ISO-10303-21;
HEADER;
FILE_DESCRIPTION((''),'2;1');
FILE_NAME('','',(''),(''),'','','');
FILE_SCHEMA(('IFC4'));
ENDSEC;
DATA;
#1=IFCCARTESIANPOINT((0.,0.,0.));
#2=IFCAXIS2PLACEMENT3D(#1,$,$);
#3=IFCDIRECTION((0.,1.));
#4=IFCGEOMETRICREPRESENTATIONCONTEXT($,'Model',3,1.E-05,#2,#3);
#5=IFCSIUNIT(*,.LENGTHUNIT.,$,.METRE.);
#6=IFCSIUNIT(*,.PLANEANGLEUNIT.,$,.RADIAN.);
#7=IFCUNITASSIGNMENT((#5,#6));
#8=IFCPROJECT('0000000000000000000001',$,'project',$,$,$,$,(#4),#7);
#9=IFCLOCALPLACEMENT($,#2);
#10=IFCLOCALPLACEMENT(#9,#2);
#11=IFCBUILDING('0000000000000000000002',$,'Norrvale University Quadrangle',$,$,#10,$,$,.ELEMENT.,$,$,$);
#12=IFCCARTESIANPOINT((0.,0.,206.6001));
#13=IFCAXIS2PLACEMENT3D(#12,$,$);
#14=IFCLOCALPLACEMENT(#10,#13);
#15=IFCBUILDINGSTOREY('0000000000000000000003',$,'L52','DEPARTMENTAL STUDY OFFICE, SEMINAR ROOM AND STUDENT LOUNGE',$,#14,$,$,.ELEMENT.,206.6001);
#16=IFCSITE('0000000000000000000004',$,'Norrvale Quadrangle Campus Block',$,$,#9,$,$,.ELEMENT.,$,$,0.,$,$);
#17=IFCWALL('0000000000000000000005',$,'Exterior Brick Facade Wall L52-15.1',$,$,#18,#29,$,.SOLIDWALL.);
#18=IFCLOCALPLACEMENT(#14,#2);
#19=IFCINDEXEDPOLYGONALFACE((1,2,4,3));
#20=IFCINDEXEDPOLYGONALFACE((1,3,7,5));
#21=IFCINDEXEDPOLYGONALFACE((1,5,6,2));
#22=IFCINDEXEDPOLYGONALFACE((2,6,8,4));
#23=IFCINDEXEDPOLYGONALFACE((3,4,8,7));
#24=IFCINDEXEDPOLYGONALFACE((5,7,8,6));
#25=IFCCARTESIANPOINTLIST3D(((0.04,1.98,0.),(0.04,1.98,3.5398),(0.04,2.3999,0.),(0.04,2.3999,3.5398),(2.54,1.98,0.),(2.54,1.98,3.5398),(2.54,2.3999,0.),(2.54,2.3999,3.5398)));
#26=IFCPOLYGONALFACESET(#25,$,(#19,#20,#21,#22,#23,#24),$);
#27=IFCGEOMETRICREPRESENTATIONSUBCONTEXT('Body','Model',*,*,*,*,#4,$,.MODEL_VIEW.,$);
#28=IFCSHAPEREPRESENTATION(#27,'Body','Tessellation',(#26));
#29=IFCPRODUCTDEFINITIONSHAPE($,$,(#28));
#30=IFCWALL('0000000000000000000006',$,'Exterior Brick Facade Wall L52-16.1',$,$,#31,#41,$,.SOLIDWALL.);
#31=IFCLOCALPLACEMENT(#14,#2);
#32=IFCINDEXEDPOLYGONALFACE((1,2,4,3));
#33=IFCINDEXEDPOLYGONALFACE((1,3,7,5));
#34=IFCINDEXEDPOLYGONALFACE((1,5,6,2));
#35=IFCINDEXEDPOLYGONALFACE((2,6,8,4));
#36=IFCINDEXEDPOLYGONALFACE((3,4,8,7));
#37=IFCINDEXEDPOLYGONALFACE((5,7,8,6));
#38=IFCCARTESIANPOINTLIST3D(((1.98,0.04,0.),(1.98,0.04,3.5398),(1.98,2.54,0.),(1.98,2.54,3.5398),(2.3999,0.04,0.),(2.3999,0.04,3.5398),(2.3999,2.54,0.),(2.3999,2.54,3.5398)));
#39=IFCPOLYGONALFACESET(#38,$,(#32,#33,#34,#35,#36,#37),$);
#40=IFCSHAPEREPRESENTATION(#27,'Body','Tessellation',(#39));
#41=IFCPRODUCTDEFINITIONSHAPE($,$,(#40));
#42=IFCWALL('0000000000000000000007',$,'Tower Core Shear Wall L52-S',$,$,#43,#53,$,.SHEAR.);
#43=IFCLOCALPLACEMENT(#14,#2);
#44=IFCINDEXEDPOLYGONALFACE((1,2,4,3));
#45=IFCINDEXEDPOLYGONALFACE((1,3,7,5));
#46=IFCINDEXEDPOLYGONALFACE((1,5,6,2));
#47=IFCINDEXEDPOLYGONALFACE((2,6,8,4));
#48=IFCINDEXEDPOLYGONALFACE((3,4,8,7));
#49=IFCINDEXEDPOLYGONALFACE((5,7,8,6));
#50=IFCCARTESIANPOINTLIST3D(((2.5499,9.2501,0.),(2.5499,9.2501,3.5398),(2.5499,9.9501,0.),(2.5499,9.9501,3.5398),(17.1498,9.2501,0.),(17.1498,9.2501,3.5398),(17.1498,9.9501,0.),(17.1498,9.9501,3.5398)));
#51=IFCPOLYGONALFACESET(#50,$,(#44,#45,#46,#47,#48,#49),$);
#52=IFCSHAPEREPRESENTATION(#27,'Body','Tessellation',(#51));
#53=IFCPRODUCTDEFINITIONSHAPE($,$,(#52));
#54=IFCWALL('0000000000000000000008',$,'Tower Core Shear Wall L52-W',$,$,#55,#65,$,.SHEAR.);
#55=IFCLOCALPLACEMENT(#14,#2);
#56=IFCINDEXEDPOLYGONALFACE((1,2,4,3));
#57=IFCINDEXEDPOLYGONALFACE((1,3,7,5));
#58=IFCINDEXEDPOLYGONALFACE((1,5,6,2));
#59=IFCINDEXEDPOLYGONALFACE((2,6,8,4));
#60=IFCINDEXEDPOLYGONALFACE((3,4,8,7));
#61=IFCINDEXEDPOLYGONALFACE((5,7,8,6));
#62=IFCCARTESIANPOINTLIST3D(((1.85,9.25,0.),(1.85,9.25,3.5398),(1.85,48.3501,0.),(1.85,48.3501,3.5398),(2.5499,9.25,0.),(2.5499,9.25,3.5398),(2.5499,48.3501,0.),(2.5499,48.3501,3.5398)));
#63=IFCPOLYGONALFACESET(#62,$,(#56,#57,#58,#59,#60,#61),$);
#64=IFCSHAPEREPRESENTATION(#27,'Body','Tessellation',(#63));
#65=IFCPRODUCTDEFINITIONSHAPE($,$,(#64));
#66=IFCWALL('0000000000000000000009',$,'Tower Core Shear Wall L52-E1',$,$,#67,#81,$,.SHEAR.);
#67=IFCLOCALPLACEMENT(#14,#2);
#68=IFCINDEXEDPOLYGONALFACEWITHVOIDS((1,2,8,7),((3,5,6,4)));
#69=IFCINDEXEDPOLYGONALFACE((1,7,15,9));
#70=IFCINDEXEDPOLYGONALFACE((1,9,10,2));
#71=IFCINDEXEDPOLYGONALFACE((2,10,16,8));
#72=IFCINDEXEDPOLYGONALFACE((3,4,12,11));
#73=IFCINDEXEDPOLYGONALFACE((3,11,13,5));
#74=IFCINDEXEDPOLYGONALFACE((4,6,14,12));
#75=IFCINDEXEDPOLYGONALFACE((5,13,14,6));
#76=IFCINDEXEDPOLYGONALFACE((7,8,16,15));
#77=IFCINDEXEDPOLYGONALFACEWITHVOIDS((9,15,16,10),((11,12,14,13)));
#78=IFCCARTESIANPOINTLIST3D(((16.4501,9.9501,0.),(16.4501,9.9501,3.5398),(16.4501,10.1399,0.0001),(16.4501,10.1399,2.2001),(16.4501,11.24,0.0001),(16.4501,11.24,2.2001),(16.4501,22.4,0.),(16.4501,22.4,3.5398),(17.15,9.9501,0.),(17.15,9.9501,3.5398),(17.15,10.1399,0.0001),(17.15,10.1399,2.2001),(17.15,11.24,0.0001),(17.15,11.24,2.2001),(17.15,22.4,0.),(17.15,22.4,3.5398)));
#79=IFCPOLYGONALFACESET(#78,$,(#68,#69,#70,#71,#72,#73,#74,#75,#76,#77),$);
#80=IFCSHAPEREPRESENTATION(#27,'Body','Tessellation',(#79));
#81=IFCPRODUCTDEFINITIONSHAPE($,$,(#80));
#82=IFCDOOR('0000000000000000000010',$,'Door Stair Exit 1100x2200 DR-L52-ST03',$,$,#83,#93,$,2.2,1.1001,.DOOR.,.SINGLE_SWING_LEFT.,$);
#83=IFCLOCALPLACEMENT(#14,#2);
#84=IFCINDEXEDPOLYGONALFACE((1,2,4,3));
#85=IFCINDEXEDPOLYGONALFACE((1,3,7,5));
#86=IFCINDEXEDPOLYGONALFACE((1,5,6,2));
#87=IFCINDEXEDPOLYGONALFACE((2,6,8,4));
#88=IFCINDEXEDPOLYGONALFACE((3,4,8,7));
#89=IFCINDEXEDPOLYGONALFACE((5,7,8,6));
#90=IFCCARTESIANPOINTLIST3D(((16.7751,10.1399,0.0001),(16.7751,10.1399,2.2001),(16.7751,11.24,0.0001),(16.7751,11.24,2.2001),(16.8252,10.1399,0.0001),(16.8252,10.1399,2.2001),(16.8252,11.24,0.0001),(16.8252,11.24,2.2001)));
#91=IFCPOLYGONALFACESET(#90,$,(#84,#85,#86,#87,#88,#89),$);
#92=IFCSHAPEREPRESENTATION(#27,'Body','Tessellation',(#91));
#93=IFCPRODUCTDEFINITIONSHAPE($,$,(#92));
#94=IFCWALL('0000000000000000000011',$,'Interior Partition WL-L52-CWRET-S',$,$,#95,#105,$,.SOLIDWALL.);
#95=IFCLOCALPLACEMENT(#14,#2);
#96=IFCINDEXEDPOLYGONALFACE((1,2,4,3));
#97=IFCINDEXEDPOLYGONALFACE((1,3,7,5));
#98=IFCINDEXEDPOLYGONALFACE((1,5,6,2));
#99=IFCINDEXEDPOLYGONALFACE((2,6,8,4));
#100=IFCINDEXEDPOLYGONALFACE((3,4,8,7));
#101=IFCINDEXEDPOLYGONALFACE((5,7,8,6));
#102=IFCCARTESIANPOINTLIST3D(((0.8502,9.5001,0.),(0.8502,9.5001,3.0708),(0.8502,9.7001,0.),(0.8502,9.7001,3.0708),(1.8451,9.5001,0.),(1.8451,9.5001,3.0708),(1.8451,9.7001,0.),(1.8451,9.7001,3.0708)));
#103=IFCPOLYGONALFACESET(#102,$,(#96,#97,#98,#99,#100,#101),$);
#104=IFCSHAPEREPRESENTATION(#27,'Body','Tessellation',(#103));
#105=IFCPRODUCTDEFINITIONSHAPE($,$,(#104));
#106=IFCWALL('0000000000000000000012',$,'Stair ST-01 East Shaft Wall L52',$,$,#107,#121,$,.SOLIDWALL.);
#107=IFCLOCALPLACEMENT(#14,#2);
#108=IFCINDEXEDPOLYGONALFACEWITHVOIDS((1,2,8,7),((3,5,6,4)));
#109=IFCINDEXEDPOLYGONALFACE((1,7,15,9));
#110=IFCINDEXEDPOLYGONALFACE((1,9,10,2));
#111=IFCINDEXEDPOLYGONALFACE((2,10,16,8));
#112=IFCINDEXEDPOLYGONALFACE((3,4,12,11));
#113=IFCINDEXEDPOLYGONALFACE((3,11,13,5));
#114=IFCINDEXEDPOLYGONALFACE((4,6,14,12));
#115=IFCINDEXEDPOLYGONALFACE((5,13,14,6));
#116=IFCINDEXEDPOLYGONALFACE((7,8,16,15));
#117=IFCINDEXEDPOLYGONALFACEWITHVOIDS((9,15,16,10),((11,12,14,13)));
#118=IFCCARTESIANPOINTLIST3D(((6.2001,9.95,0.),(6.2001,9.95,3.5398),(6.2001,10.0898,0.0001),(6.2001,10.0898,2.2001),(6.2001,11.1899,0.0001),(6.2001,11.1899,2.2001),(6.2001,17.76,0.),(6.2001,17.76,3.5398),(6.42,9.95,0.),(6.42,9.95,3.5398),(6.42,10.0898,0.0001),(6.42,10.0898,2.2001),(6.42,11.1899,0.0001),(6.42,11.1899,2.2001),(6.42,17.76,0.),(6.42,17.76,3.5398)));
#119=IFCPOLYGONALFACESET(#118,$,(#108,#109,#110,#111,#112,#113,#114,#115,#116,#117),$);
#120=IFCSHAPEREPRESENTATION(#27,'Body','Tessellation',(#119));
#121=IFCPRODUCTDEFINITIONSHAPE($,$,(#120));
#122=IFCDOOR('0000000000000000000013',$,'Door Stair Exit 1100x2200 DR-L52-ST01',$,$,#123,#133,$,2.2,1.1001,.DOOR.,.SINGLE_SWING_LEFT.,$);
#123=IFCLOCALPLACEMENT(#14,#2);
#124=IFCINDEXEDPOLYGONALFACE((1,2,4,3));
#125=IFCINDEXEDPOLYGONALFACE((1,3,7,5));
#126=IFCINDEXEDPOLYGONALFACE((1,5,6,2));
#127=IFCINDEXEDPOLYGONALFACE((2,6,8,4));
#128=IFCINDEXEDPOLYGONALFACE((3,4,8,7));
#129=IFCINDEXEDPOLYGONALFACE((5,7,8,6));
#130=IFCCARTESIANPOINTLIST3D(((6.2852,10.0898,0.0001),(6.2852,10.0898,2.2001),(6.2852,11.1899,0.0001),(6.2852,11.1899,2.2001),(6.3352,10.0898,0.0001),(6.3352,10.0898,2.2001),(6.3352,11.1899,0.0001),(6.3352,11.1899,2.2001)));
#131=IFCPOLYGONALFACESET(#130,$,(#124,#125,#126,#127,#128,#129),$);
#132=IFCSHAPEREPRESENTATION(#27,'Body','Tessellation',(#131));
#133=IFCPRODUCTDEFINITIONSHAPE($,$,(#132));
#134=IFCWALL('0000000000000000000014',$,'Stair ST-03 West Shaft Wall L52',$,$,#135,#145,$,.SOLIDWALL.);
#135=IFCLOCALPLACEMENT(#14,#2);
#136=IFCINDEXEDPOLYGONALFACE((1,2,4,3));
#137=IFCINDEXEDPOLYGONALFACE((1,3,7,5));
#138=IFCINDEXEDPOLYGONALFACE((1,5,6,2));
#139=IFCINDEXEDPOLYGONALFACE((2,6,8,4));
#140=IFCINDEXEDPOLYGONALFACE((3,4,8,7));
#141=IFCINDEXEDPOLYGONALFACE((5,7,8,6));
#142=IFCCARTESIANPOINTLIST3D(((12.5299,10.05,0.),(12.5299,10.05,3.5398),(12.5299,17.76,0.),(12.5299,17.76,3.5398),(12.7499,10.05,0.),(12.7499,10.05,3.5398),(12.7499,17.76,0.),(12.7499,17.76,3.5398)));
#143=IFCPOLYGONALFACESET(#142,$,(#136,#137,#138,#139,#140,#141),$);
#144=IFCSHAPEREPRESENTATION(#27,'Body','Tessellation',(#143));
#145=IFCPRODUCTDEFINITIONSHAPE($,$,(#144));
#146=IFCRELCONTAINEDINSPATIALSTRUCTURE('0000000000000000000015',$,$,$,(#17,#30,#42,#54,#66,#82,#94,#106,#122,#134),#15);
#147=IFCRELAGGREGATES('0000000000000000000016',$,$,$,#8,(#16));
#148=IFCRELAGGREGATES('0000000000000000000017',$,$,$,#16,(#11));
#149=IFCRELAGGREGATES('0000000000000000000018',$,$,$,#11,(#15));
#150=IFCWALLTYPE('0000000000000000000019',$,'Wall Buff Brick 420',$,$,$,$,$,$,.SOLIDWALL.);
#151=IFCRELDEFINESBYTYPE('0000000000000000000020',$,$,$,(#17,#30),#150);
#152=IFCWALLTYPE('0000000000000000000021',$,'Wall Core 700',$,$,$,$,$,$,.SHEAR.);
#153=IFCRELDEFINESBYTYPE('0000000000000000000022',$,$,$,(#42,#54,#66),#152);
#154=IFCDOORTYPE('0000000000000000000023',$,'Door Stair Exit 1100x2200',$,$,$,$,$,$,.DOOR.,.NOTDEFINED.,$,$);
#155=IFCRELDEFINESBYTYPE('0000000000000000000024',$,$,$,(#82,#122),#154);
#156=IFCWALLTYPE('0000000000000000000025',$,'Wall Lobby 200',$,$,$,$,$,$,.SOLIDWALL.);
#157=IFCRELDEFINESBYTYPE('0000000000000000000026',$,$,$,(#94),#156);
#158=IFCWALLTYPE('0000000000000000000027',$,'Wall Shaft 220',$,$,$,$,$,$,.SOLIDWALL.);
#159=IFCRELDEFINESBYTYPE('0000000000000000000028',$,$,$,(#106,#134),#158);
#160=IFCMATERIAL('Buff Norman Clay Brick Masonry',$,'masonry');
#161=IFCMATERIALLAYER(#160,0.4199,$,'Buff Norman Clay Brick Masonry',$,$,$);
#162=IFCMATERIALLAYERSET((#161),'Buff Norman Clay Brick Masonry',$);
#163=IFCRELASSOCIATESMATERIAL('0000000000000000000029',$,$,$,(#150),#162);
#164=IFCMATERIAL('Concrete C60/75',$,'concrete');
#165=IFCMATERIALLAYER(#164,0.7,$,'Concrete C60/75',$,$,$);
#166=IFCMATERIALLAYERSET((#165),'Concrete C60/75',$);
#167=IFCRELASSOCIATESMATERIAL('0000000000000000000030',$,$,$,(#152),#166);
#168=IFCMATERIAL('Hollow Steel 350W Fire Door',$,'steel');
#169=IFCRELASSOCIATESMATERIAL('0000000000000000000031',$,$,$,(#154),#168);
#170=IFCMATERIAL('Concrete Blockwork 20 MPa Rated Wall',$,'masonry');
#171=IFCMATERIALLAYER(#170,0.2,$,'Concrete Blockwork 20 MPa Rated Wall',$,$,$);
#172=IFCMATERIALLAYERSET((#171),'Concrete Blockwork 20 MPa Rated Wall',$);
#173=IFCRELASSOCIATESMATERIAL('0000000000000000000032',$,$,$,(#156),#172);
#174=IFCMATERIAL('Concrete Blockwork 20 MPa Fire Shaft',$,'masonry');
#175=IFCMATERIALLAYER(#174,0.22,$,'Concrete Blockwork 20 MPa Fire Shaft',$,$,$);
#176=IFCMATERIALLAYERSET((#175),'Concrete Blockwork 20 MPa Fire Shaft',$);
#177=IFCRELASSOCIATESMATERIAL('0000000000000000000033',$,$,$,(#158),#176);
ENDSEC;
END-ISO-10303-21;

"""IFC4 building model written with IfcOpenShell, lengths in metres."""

from ifc_helpers import new_model, si_unit, direction, frame, frame_2d, origin, place, context, subcontext, project, spatial, rectangle, extrude, material, layer, layer_set, type_object, element, fill, save


model = new_model("IFC4")

# Units and contexts
model_context = context("Model", 3, precision=1e-05, world=origin(), true_north=direction((0.0, 1.0)))
body_context = subcontext(model_context, "Body", "Model", "MODEL_VIEW")
ifc_project = project(units=[si_unit("LENGTHUNIT", "METRE"), si_unit("PLANEANGLEUNIT", "RADIAN")], contexts=[model_context])

# Site, building, storey
site_placement = place(None, origin())
site = spatial("IfcSite", under=ifc_project, at=site_placement, Name="Norrvale Quadrangle Campus Block", CompositionType="ELEMENT", RefElevation=0.0)
building_placement = place(site_placement, origin())
building = spatial("IfcBuilding", under=site, at=building_placement, Name="Norrvale University Quadrangle", CompositionType="ELEMENT")
storey_placement = place(building_placement, frame((0.0, 0.0, 206.6001)))
storey = spatial("IfcBuildingStorey", under=building, at=storey_placement, Name="L52", Description="DEPARTMENTAL STUDY OFFICE, SEMINAR ROOM AND STUDENT LOUNGE", CompositionType="ELEMENT", Elevation=206.6001)

# Shared definitions
ifc_material_1 = material(Name="Concrete C60/75", Category="concrete")

# Shared definitions
ifc_material_2 = material(Name="Buff Norman Clay Brick Masonry", Category="masonry")
ifc_layer_1 = layer(ifc_material_2, 0.4199, Name="Buff Norman Clay Brick Masonry")
ifc_layer_set_1 = layer_set([ifc_layer_1], Name="Buff Norman Clay Brick Masonry")
wall_type_1 = type_object("IfcWallType", Name="Wall Buff Brick 420", PredefinedType="SOLIDWALL", material=ifc_layer_set_1)

# Walls
for number, where, z_axis, x_axis, name in (
    (1, (0.04, 2.1899, 0.0), (0.0, 0.0, 1.0), (1.0, 0.0, 0.0), "Exterior Brick Facade Wall L52-15.1"),
    (2, (2.1899, 2.54, 0.0), (0.0, 0.0, 1.0), (0.0, -1.0, 0.0), "Exterior Brick Facade Wall L52-16.1"),
):
    element("IfcWall", number, at=place(storey_placement, frame(where, z_axis=z_axis, x_axis=x_axis)), inside=storey, type_object=wall_type_1, Name=name, PredefinedType="SOLIDWALL", context=body_context, shape_type="SweptSolid", body=[
        extrude(rectangle(XDim=2.5, YDim=0.4199, at=frame_2d((1.25, 0.0))), origin(), (0.0, 0.0, 1.0), 3.5398),
    ])
ifc_layer_2 = layer(ifc_material_1, 0.7, Name="Concrete C60/75")
ifc_layer_set_2 = layer_set([ifc_layer_2], Name="Concrete C60/75")
wall_type_2 = type_object("IfcWallType", Name="Wall Core 700", PredefinedType="SHEAR", material=ifc_layer_set_2)
wall_1_placement = place(storey_placement, frame((2.55, 9.6001, 0.0), z_axis=(0.0, 0.0, 1.0), x_axis=(1.0, 0.0, 0.0)))
element("IfcWall", 3, at=wall_1_placement, inside=storey, type_object=wall_type_2, Name="Tower Core Shear Wall L52-S", PredefinedType="SHEAR", context=body_context, shape_type="SweptSolid", body=[
    extrude(rectangle(XDim=14.5999, YDim=0.7, at=frame_2d((7.2998, 0.0))), origin(), (0.0, 0.0, 1.0), 3.5398),
])
wall_2_placement = place(storey_placement, frame((2.2, 9.25, 0.0), z_axis=(0.0, 0.0, 1.0), x_axis=(0.0, 1.0, 0.0)))
element("IfcWall", 4, at=wall_2_placement, inside=storey, type_object=wall_type_2, Name="Tower Core Shear Wall L52-W", PredefinedType="SHEAR", context=body_context, shape_type="SweptSolid", body=[
    extrude(rectangle(XDim=39.1001, YDim=0.7, at=frame_2d((19.55, 0.0))), origin(), (0.0, 0.0, 1.0), 3.5398),
])

# Wall, opening, door
wall_3_placement = place(storey_placement, frame((16.8, 9.95, 0.0), z_axis=(0.0, 0.0, 1.0), x_axis=(0.0, 1.0, 0.0)))
wall_3 = element("IfcWall", 5, at=wall_3_placement, inside=storey, type_object=wall_type_2, Name="Tower Core Shear Wall L52-E1", PredefinedType="SHEAR", context=body_context, shape_type="SweptSolid", body=[
    extrude(rectangle(XDim=12.45, YDim=0.7, at=frame_2d((6.2251, 0.0))), origin(), (0.0, 0.0, 1.0), 3.5398),
])
opening_1_placement = place(wall_3_placement, frame((0.1899, 0.0, 0.0)))
opening_1 = element("IfcOpeningElement", 6, at=opening_1_placement, cuts=wall_3, PredefinedType="OPENING", context=body_context, shape_type="SweptSolid", body=[
    extrude(rectangle(XDim=1.1001, YDim=2.2, at=frame_2d((0.55, 1.1001))), frame((0.0, 0.3621, 0.0), z_axis=(0.0, -1.0, 0.0), x_axis=(1.0, 0.0, 0.0)), (0.0, 0.0, 1.0), 0.7239),
])
ifc_material_3 = material(Name="Hollow Steel 350W Fire Door", Category="steel")
door_type = type_object("IfcDoorType", Name="Door Stair Exit 1100x2200", OperationType="NOTDEFINED", PredefinedType="DOOR", material=ifc_material_3)
door_1_placement = place(opening_1_placement, origin())
door_1 = element("IfcDoor", 7, at=door_1_placement, inside=storey, type_object=door_type, Name="Door Stair Exit 1100x2200 DR-L52-ST03", OperationType="SINGLE_SWING_LEFT", OverallHeight=2.2, OverallWidth=1.1001, PredefinedType="DOOR", context=body_context, shape_type="SweptSolid", body=[
    extrude(rectangle(XDim=1.1001, YDim=2.2, at=frame_2d((0.55, 1.1001))), frame((0.0, 0.0249, 0.0), z_axis=(0.0, -1.0, 0.0), x_axis=(1.0, 0.0, 0.0)), (0.0, 0.0, 1.0), 0.05),
])
fill(opening_1, door_1)

# Wall
ifc_material_4 = material(Name="Concrete Blockwork 20 MPa Rated Wall", Category="masonry")
ifc_layer_3 = layer(ifc_material_4, 0.2, Name="Concrete Blockwork 20 MPa Rated Wall")
ifc_layer_set_3 = layer_set([ifc_layer_3], Name="Concrete Blockwork 20 MPa Rated Wall")
wall_type_3 = type_object("IfcWallType", Name="Wall Lobby 200", PredefinedType="SOLIDWALL", material=ifc_layer_set_3)
wall_4_placement = place(storey_placement, frame((0.8501, 9.6001, 0.0), z_axis=(0.0, 0.0, 1.0), x_axis=(1.0, 0.0, 0.0)))
element("IfcWall", 8, at=wall_4_placement, inside=storey, type_object=wall_type_3, Name="Interior Partition WL-L52-CWRET-S", PredefinedType="SOLIDWALL", context=body_context, shape_type="SweptSolid", body=[
    extrude(rectangle(XDim=0.9949, YDim=0.2, at=frame_2d((0.4976, 0.0))), origin(), (0.0, 0.0, 1.0), 3.0708),
])

# Wall, opening, door
ifc_material_5 = material(Name="Concrete Blockwork 20 MPa Fire Shaft", Category="masonry")
ifc_layer_4 = layer(ifc_material_5, 0.22, Name="Concrete Blockwork 20 MPa Fire Shaft")
ifc_layer_set_4 = layer_set([ifc_layer_4], Name="Concrete Blockwork 20 MPa Fire Shaft")
wall_type_4 = type_object("IfcWallType", Name="Wall Shaft 220", PredefinedType="SOLIDWALL", material=ifc_layer_set_4)
wall_5_placement = place(storey_placement, frame((6.3101, 9.95, 0.0), z_axis=(0.0, 0.0, 1.0), x_axis=(0.0, 1.0, 0.0)))
wall_5 = element("IfcWall", 9, at=wall_5_placement, inside=storey, type_object=wall_type_4, Name="Stair ST-01 East Shaft Wall L52", PredefinedType="SOLIDWALL", context=body_context, shape_type="SweptSolid", body=[
    extrude(rectangle(XDim=7.8101, YDim=0.22, at=frame_2d((3.905, 0.0))), origin(), (0.0, 0.0, 1.0), 3.5398),
])
opening_2_placement = place(wall_5_placement, frame((0.1399, 0.0, 0.0)))
opening_2 = element("IfcOpeningElement", 10, at=opening_2_placement, cuts=wall_5, PredefinedType="OPENING", context=body_context, shape_type="SweptSolid", body=[
    extrude(rectangle(XDim=1.1001, YDim=2.2, at=frame_2d((0.55, 1.1001))), frame((0.0, 0.1221, 0.0), z_axis=(0.0, -1.0, 0.0), x_axis=(1.0, 0.0, 0.0)), (0.0, 0.0, 1.0), 0.2439),
])
door_2_placement = place(opening_2_placement, origin())
door_2 = element("IfcDoor", 11, at=door_2_placement, inside=storey, type_object=door_type, Name="Door Stair Exit 1100x2200 DR-L52-ST01", OperationType="SINGLE_SWING_LEFT", OverallHeight=2.2, OverallWidth=1.1001, PredefinedType="DOOR", context=body_context, shape_type="SweptSolid", body=[
    extrude(rectangle(XDim=1.1001, YDim=2.2, at=frame_2d((0.55, 1.1001))), frame((0.0, 0.0249, 0.0), z_axis=(0.0, -1.0, 0.0), x_axis=(1.0, 0.0, 0.0)), (0.0, 0.0, 1.0), 0.05),
])
fill(opening_2, door_2)

# Wall
wall_6_placement = place(storey_placement, frame((12.6399, 10.05, 0.0), z_axis=(0.0, 0.0, 1.0), x_axis=(0.0, 1.0, 0.0)))
element("IfcWall", 12, at=wall_6_placement, inside=storey, type_object=wall_type_4, Name="Stair ST-03 West Shaft Wall L52", PredefinedType="SOLIDWALL", context=body_context, shape_type="SweptSolid", body=[
    extrude(rectangle(XDim=7.71, YDim=0.22, at=frame_2d((3.855, 0.0))), origin(), (0.0, 0.0, 1.0), 3.5398),
])

save(model, "model.ifc")
